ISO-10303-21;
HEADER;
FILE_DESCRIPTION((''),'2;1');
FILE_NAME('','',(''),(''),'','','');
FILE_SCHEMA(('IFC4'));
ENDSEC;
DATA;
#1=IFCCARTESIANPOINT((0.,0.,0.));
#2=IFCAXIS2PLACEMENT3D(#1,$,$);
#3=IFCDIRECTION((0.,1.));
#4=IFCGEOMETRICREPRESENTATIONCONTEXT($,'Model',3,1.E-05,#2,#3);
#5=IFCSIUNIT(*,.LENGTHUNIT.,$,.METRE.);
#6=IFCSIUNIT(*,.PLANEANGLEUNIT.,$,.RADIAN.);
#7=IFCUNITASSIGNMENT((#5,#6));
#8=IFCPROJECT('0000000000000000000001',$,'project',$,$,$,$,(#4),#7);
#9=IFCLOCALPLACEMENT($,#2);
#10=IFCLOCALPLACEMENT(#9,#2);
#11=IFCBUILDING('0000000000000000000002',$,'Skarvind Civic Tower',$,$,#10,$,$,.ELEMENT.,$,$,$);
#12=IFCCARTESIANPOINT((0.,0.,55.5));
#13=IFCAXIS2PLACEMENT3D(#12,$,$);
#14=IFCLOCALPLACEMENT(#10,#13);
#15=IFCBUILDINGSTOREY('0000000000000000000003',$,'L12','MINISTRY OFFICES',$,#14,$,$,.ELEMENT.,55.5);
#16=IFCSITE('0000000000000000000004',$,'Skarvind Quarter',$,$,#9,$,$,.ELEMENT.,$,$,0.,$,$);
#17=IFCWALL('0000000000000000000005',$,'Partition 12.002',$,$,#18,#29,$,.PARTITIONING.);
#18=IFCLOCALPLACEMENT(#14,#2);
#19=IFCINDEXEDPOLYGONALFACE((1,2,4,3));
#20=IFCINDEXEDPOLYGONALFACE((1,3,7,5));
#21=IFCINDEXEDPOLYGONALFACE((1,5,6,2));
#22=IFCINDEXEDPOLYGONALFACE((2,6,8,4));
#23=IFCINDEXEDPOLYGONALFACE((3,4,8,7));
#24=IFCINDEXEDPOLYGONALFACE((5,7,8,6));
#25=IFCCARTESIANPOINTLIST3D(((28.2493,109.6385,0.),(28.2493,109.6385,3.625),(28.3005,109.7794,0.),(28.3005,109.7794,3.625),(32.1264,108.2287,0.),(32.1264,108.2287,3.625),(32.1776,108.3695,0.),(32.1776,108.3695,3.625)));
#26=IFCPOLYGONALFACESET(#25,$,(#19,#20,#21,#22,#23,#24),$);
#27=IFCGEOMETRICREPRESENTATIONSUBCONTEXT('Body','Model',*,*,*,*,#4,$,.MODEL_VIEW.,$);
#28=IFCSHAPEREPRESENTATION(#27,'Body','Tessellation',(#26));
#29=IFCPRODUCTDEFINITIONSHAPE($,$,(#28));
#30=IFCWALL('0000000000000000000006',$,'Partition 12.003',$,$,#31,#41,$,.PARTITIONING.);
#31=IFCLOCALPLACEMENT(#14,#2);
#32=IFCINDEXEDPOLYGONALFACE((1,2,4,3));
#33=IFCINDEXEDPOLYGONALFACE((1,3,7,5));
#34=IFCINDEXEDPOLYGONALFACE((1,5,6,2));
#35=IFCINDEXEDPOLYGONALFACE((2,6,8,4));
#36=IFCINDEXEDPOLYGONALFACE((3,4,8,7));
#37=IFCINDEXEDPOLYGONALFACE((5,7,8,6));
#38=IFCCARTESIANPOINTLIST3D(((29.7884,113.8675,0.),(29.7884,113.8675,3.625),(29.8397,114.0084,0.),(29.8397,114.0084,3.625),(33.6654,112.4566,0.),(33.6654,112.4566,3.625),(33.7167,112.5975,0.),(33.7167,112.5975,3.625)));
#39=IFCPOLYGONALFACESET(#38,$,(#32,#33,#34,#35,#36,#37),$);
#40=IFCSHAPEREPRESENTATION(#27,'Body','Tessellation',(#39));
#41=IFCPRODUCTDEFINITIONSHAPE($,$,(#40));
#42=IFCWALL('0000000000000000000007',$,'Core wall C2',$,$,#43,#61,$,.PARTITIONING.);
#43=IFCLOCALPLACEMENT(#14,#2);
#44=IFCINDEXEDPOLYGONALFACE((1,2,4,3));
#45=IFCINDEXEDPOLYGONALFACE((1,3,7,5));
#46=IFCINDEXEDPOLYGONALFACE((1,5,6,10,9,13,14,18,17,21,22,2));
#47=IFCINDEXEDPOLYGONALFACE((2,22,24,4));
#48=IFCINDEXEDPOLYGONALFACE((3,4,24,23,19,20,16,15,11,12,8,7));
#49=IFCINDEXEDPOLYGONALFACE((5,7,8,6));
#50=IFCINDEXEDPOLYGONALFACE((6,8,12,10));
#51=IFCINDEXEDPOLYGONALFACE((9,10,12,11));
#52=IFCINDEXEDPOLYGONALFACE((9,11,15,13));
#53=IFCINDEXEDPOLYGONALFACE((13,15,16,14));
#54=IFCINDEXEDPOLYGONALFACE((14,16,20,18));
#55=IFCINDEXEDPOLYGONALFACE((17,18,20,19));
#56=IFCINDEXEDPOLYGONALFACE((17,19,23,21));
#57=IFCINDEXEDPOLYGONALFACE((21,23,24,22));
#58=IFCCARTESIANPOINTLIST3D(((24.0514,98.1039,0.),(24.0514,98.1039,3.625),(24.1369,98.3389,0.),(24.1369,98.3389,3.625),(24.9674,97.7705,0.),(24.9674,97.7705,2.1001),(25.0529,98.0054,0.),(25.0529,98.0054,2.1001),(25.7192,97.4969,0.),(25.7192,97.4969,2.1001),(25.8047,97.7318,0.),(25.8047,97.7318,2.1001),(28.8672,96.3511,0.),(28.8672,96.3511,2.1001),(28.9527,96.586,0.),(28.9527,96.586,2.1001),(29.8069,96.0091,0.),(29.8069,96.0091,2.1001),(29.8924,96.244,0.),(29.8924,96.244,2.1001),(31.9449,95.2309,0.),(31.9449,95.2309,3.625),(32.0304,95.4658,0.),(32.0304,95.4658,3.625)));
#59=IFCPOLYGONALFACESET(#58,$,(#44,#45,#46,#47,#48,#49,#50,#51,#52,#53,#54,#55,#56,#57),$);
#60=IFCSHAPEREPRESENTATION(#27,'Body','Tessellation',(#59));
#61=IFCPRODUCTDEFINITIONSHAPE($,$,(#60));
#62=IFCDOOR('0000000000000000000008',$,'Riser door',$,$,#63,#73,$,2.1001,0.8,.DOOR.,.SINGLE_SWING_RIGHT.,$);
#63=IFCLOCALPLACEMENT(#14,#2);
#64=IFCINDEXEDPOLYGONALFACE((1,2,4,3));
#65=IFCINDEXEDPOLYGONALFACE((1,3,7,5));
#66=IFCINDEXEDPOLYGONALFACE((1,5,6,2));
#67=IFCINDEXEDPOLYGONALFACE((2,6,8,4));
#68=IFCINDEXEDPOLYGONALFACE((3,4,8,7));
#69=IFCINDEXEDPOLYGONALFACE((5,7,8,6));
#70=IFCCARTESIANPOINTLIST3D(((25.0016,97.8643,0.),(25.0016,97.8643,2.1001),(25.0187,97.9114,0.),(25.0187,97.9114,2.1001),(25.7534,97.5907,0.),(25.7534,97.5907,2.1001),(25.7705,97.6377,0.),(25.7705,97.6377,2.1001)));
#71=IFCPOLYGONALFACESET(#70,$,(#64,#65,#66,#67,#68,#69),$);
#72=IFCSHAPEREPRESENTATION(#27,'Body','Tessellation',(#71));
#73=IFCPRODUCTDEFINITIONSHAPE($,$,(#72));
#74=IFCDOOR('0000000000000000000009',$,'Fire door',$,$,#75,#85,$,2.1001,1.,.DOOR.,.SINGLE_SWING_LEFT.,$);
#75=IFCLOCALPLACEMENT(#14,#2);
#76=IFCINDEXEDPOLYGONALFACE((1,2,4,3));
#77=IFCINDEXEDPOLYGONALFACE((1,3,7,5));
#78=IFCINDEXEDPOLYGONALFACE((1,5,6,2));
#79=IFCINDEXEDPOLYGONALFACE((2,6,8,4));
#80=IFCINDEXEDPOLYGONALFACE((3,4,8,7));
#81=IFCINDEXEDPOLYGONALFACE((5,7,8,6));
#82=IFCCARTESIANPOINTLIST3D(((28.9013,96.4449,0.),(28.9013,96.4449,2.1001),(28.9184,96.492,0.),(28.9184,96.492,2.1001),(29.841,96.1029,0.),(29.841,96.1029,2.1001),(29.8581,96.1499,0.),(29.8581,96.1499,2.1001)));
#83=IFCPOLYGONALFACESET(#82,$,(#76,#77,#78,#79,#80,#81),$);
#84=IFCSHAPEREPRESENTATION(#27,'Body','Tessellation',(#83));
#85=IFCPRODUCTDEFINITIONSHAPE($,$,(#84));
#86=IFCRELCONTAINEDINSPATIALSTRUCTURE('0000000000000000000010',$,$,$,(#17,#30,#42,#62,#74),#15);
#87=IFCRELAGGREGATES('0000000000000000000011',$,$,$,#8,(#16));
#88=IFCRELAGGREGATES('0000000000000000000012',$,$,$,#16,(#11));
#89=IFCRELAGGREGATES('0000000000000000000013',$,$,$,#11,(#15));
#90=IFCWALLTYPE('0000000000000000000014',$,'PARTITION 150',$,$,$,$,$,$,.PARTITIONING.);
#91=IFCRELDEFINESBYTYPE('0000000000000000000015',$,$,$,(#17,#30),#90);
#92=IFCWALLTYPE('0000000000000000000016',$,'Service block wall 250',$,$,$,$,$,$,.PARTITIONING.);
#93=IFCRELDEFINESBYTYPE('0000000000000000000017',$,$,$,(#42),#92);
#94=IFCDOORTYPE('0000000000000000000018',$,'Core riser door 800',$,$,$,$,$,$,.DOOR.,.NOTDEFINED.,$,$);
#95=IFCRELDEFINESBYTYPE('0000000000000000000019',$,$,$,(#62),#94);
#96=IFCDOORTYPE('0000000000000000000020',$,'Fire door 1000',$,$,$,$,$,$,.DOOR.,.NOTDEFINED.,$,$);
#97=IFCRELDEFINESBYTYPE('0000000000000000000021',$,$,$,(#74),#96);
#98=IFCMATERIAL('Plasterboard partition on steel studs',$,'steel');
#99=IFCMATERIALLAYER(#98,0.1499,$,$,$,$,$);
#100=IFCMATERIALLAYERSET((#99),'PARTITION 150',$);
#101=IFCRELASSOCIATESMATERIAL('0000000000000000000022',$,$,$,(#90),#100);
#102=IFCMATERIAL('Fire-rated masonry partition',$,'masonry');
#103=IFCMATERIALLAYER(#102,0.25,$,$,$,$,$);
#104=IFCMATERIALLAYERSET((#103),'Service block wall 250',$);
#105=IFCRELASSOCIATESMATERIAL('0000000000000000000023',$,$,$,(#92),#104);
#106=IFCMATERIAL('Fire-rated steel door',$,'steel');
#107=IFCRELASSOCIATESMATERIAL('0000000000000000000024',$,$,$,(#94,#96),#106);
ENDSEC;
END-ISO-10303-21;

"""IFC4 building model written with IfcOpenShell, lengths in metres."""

from ifc_helpers import new_model, si_unit, direction, frame, frame_2d, origin, place, context, subcontext, project, spatial, rectangle, extrude, material, layer, layer_set, type_object, element, fill, save


model = new_model("IFC4")

# Units and contexts
model_context = context("Model", 3, precision=1e-05, world=origin(), true_north=direction((0.0, 1.0)))
body_context = subcontext(model_context, "Body", "Model", "MODEL_VIEW")
ifc_project = project(units=[si_unit("LENGTHUNIT", "METRE"), si_unit("PLANEANGLEUNIT", "RADIAN")], contexts=[model_context])

# Site, building, storey
site_placement = place(None, origin())
site = spatial("IfcSite", under=ifc_project, at=site_placement, Name="Skarvind Quarter", CompositionType="ELEMENT", RefElevation=0.0)
building_placement = place(site_placement, origin())
building = spatial("IfcBuilding", under=site, at=building_placement, Name="Skarvind Civic Tower", CompositionType="ELEMENT")
storey_placement = place(building_placement, frame((0.0, 0.0, 55.5)))
storey = spatial("IfcBuildingStorey", under=building, at=storey_placement, Name="L12", Description="MINISTRY OFFICES", CompositionType="ELEMENT", Elevation=55.5)

# Shared definitions
ifc_material_1 = material(Name="Fire-rated masonry partition", Category="masonry")
ifc_material_2 = material(Name="Fire-rated steel door", Category="steel")

# Walls
ifc_material_3 = material(Name="Plasterboard partition on steel studs", Category="steel")
ifc_layer_1 = layer(ifc_material_3, 0.1499)
ifc_layer_set_1 = layer_set([ifc_layer_1], Name="PARTITION 150")
wall_type_1 = type_object("IfcWallType", Name="PARTITION 150", PredefinedType="PARTITIONING", material=ifc_layer_set_1)
wall_1_placement = place(storey_placement, frame((28.2749, 109.709, 0.0), z_axis=(0.0, 0.0, 1.0), x_axis=(0.939792, -0.341748, 0.0)))
element("IfcWall", 1, at=wall_1_placement, inside=storey, type_object=wall_type_1, Name="Partition 12.002", PredefinedType="PARTITIONING", context=body_context, shape_type="SweptSolid", body=[
    extrude(rectangle(XDim=4.1255, YDim=0.1499, at=frame_2d((2.0627, 0.0))), origin(), (0.0, 0.0, 1.0), 3.625),
])
wall_2_placement = place(storey_placement, frame((29.814, 113.938, 0.0), z_axis=(0.0, 0.0, 1.0), x_axis=(0.939709, -0.341976, 0.0)))
element("IfcWall", 2, at=wall_2_placement, inside=storey, type_object=wall_type_1, Name="Partition 12.003", PredefinedType="PARTITIONING", context=body_context, shape_type="SweptSolid", body=[
    extrude(rectangle(XDim=4.1257, YDim=0.1499, at=frame_2d((2.063, 0.0))), origin(), (0.0, 0.0, 1.0), 3.625),
])

# Wall, openings, doors
ifc_layer_2 = layer(ifc_material_1, 0.25)
ifc_layer_set_2 = layer_set([ifc_layer_2], Name="Service block wall 250")
wall_type_2 = type_object("IfcWallType", Name="Service block wall 250", PredefinedType="PARTITIONING", material=ifc_layer_set_2)
wall_3_placement = place(storey_placement, frame((24.094, 98.2214, 0.0), z_axis=(0.0, 0.0, 1.0), x_axis=(0.939692, -0.342023, 0.0)))
wall_3 = element("IfcWall", 3, at=wall_3_placement, inside=storey, type_object=wall_type_2, Name="Core wall C2", PredefinedType="PARTITIONING", context=body_context, shape_type="SweptSolid", body=[
    extrude(rectangle(XDim=8.4001, YDim=0.25, at=frame_2d((4.2002, 0.0))), origin(), (0.0, 0.0, 1.0), 3.625),
])
opening_1_placement = place(wall_3_placement, frame((5.125, 0.0, 0.0)))
opening_1 = element("IfcOpeningElement", 4, at=opening_1_placement, cuts=wall_3, PredefinedType="OPENING", context=body_context, shape_type="SweptSolid", body=[
    extrude(rectangle(XDim=1.0, YDim=2.1001, at=frame_2d((0.5, 1.05))), frame((0.0, 0.135, 0.0), z_axis=(0.0, -1.0, 0.0), x_axis=(1.0, 0.0, 0.0)), (0.0, 0.0, 1.0), 0.27),
])
opening_2_placement = place(wall_3_placement, frame((0.9751, 0.0, 0.0)))
opening_2 = element("IfcOpeningElement", 5, at=opening_2_placement, cuts=wall_3, PredefinedType="OPENING", context=body_context, shape_type="SweptSolid", body=[
    extrude(rectangle(XDim=0.8, YDim=2.1001, at=frame_2d((0.3999, 1.05))), frame((0.0, 0.135, 0.0), z_axis=(0.0, -1.0, 0.0), x_axis=(1.0, 0.0, 0.0)), (0.0, 0.0, 1.0), 0.27),
])
door_type_1 = type_object("IfcDoorType", Name="Core riser door 800", OperationType="NOTDEFINED", PredefinedType="DOOR", material=ifc_material_2)
door_1_placement = place(opening_2_placement, origin())
door_1 = element("IfcDoor", 6, at=door_1_placement, inside=storey, type_object=door_type_1, Name="Riser door", OperationType="SINGLE_SWING_RIGHT", OverallHeight=2.1001, OverallWidth=0.8, PredefinedType="DOOR", context=body_context, shape_type="SweptSolid", body=[
    extrude(rectangle(XDim=0.8, YDim=2.1001, at=frame_2d((0.3999, 1.05))), frame((0.0, 0.0249, 0.0), z_axis=(0.0, -1.0, 0.0), x_axis=(1.0, 0.0, 0.0)), (0.0, 0.0, 1.0), 0.05),
])
fill(opening_2, door_1)
door_type_2 = type_object("IfcDoorType", Name="Fire door 1000", OperationType="NOTDEFINED", PredefinedType="DOOR", material=ifc_material_2)
door_2_placement = place(opening_1_placement, origin())
door_2 = element("IfcDoor", 7, at=door_2_placement, inside=storey, type_object=door_type_2, Name="Fire door", OperationType="SINGLE_SWING_LEFT", OverallHeight=2.1001, OverallWidth=1.0, PredefinedType="DOOR", context=body_context, shape_type="SweptSolid", body=[
    extrude(rectangle(XDim=1.0, YDim=2.1001, at=frame_2d((0.5, 1.05))), frame((0.0, 0.0249, 0.0), z_axis=(0.0, -1.0, 0.0), x_axis=(1.0, 0.0, 0.0)), (0.0, 0.0, 1.0), 0.05),
])
fill(opening_1, door_2)

save(model, "model.ifc")
